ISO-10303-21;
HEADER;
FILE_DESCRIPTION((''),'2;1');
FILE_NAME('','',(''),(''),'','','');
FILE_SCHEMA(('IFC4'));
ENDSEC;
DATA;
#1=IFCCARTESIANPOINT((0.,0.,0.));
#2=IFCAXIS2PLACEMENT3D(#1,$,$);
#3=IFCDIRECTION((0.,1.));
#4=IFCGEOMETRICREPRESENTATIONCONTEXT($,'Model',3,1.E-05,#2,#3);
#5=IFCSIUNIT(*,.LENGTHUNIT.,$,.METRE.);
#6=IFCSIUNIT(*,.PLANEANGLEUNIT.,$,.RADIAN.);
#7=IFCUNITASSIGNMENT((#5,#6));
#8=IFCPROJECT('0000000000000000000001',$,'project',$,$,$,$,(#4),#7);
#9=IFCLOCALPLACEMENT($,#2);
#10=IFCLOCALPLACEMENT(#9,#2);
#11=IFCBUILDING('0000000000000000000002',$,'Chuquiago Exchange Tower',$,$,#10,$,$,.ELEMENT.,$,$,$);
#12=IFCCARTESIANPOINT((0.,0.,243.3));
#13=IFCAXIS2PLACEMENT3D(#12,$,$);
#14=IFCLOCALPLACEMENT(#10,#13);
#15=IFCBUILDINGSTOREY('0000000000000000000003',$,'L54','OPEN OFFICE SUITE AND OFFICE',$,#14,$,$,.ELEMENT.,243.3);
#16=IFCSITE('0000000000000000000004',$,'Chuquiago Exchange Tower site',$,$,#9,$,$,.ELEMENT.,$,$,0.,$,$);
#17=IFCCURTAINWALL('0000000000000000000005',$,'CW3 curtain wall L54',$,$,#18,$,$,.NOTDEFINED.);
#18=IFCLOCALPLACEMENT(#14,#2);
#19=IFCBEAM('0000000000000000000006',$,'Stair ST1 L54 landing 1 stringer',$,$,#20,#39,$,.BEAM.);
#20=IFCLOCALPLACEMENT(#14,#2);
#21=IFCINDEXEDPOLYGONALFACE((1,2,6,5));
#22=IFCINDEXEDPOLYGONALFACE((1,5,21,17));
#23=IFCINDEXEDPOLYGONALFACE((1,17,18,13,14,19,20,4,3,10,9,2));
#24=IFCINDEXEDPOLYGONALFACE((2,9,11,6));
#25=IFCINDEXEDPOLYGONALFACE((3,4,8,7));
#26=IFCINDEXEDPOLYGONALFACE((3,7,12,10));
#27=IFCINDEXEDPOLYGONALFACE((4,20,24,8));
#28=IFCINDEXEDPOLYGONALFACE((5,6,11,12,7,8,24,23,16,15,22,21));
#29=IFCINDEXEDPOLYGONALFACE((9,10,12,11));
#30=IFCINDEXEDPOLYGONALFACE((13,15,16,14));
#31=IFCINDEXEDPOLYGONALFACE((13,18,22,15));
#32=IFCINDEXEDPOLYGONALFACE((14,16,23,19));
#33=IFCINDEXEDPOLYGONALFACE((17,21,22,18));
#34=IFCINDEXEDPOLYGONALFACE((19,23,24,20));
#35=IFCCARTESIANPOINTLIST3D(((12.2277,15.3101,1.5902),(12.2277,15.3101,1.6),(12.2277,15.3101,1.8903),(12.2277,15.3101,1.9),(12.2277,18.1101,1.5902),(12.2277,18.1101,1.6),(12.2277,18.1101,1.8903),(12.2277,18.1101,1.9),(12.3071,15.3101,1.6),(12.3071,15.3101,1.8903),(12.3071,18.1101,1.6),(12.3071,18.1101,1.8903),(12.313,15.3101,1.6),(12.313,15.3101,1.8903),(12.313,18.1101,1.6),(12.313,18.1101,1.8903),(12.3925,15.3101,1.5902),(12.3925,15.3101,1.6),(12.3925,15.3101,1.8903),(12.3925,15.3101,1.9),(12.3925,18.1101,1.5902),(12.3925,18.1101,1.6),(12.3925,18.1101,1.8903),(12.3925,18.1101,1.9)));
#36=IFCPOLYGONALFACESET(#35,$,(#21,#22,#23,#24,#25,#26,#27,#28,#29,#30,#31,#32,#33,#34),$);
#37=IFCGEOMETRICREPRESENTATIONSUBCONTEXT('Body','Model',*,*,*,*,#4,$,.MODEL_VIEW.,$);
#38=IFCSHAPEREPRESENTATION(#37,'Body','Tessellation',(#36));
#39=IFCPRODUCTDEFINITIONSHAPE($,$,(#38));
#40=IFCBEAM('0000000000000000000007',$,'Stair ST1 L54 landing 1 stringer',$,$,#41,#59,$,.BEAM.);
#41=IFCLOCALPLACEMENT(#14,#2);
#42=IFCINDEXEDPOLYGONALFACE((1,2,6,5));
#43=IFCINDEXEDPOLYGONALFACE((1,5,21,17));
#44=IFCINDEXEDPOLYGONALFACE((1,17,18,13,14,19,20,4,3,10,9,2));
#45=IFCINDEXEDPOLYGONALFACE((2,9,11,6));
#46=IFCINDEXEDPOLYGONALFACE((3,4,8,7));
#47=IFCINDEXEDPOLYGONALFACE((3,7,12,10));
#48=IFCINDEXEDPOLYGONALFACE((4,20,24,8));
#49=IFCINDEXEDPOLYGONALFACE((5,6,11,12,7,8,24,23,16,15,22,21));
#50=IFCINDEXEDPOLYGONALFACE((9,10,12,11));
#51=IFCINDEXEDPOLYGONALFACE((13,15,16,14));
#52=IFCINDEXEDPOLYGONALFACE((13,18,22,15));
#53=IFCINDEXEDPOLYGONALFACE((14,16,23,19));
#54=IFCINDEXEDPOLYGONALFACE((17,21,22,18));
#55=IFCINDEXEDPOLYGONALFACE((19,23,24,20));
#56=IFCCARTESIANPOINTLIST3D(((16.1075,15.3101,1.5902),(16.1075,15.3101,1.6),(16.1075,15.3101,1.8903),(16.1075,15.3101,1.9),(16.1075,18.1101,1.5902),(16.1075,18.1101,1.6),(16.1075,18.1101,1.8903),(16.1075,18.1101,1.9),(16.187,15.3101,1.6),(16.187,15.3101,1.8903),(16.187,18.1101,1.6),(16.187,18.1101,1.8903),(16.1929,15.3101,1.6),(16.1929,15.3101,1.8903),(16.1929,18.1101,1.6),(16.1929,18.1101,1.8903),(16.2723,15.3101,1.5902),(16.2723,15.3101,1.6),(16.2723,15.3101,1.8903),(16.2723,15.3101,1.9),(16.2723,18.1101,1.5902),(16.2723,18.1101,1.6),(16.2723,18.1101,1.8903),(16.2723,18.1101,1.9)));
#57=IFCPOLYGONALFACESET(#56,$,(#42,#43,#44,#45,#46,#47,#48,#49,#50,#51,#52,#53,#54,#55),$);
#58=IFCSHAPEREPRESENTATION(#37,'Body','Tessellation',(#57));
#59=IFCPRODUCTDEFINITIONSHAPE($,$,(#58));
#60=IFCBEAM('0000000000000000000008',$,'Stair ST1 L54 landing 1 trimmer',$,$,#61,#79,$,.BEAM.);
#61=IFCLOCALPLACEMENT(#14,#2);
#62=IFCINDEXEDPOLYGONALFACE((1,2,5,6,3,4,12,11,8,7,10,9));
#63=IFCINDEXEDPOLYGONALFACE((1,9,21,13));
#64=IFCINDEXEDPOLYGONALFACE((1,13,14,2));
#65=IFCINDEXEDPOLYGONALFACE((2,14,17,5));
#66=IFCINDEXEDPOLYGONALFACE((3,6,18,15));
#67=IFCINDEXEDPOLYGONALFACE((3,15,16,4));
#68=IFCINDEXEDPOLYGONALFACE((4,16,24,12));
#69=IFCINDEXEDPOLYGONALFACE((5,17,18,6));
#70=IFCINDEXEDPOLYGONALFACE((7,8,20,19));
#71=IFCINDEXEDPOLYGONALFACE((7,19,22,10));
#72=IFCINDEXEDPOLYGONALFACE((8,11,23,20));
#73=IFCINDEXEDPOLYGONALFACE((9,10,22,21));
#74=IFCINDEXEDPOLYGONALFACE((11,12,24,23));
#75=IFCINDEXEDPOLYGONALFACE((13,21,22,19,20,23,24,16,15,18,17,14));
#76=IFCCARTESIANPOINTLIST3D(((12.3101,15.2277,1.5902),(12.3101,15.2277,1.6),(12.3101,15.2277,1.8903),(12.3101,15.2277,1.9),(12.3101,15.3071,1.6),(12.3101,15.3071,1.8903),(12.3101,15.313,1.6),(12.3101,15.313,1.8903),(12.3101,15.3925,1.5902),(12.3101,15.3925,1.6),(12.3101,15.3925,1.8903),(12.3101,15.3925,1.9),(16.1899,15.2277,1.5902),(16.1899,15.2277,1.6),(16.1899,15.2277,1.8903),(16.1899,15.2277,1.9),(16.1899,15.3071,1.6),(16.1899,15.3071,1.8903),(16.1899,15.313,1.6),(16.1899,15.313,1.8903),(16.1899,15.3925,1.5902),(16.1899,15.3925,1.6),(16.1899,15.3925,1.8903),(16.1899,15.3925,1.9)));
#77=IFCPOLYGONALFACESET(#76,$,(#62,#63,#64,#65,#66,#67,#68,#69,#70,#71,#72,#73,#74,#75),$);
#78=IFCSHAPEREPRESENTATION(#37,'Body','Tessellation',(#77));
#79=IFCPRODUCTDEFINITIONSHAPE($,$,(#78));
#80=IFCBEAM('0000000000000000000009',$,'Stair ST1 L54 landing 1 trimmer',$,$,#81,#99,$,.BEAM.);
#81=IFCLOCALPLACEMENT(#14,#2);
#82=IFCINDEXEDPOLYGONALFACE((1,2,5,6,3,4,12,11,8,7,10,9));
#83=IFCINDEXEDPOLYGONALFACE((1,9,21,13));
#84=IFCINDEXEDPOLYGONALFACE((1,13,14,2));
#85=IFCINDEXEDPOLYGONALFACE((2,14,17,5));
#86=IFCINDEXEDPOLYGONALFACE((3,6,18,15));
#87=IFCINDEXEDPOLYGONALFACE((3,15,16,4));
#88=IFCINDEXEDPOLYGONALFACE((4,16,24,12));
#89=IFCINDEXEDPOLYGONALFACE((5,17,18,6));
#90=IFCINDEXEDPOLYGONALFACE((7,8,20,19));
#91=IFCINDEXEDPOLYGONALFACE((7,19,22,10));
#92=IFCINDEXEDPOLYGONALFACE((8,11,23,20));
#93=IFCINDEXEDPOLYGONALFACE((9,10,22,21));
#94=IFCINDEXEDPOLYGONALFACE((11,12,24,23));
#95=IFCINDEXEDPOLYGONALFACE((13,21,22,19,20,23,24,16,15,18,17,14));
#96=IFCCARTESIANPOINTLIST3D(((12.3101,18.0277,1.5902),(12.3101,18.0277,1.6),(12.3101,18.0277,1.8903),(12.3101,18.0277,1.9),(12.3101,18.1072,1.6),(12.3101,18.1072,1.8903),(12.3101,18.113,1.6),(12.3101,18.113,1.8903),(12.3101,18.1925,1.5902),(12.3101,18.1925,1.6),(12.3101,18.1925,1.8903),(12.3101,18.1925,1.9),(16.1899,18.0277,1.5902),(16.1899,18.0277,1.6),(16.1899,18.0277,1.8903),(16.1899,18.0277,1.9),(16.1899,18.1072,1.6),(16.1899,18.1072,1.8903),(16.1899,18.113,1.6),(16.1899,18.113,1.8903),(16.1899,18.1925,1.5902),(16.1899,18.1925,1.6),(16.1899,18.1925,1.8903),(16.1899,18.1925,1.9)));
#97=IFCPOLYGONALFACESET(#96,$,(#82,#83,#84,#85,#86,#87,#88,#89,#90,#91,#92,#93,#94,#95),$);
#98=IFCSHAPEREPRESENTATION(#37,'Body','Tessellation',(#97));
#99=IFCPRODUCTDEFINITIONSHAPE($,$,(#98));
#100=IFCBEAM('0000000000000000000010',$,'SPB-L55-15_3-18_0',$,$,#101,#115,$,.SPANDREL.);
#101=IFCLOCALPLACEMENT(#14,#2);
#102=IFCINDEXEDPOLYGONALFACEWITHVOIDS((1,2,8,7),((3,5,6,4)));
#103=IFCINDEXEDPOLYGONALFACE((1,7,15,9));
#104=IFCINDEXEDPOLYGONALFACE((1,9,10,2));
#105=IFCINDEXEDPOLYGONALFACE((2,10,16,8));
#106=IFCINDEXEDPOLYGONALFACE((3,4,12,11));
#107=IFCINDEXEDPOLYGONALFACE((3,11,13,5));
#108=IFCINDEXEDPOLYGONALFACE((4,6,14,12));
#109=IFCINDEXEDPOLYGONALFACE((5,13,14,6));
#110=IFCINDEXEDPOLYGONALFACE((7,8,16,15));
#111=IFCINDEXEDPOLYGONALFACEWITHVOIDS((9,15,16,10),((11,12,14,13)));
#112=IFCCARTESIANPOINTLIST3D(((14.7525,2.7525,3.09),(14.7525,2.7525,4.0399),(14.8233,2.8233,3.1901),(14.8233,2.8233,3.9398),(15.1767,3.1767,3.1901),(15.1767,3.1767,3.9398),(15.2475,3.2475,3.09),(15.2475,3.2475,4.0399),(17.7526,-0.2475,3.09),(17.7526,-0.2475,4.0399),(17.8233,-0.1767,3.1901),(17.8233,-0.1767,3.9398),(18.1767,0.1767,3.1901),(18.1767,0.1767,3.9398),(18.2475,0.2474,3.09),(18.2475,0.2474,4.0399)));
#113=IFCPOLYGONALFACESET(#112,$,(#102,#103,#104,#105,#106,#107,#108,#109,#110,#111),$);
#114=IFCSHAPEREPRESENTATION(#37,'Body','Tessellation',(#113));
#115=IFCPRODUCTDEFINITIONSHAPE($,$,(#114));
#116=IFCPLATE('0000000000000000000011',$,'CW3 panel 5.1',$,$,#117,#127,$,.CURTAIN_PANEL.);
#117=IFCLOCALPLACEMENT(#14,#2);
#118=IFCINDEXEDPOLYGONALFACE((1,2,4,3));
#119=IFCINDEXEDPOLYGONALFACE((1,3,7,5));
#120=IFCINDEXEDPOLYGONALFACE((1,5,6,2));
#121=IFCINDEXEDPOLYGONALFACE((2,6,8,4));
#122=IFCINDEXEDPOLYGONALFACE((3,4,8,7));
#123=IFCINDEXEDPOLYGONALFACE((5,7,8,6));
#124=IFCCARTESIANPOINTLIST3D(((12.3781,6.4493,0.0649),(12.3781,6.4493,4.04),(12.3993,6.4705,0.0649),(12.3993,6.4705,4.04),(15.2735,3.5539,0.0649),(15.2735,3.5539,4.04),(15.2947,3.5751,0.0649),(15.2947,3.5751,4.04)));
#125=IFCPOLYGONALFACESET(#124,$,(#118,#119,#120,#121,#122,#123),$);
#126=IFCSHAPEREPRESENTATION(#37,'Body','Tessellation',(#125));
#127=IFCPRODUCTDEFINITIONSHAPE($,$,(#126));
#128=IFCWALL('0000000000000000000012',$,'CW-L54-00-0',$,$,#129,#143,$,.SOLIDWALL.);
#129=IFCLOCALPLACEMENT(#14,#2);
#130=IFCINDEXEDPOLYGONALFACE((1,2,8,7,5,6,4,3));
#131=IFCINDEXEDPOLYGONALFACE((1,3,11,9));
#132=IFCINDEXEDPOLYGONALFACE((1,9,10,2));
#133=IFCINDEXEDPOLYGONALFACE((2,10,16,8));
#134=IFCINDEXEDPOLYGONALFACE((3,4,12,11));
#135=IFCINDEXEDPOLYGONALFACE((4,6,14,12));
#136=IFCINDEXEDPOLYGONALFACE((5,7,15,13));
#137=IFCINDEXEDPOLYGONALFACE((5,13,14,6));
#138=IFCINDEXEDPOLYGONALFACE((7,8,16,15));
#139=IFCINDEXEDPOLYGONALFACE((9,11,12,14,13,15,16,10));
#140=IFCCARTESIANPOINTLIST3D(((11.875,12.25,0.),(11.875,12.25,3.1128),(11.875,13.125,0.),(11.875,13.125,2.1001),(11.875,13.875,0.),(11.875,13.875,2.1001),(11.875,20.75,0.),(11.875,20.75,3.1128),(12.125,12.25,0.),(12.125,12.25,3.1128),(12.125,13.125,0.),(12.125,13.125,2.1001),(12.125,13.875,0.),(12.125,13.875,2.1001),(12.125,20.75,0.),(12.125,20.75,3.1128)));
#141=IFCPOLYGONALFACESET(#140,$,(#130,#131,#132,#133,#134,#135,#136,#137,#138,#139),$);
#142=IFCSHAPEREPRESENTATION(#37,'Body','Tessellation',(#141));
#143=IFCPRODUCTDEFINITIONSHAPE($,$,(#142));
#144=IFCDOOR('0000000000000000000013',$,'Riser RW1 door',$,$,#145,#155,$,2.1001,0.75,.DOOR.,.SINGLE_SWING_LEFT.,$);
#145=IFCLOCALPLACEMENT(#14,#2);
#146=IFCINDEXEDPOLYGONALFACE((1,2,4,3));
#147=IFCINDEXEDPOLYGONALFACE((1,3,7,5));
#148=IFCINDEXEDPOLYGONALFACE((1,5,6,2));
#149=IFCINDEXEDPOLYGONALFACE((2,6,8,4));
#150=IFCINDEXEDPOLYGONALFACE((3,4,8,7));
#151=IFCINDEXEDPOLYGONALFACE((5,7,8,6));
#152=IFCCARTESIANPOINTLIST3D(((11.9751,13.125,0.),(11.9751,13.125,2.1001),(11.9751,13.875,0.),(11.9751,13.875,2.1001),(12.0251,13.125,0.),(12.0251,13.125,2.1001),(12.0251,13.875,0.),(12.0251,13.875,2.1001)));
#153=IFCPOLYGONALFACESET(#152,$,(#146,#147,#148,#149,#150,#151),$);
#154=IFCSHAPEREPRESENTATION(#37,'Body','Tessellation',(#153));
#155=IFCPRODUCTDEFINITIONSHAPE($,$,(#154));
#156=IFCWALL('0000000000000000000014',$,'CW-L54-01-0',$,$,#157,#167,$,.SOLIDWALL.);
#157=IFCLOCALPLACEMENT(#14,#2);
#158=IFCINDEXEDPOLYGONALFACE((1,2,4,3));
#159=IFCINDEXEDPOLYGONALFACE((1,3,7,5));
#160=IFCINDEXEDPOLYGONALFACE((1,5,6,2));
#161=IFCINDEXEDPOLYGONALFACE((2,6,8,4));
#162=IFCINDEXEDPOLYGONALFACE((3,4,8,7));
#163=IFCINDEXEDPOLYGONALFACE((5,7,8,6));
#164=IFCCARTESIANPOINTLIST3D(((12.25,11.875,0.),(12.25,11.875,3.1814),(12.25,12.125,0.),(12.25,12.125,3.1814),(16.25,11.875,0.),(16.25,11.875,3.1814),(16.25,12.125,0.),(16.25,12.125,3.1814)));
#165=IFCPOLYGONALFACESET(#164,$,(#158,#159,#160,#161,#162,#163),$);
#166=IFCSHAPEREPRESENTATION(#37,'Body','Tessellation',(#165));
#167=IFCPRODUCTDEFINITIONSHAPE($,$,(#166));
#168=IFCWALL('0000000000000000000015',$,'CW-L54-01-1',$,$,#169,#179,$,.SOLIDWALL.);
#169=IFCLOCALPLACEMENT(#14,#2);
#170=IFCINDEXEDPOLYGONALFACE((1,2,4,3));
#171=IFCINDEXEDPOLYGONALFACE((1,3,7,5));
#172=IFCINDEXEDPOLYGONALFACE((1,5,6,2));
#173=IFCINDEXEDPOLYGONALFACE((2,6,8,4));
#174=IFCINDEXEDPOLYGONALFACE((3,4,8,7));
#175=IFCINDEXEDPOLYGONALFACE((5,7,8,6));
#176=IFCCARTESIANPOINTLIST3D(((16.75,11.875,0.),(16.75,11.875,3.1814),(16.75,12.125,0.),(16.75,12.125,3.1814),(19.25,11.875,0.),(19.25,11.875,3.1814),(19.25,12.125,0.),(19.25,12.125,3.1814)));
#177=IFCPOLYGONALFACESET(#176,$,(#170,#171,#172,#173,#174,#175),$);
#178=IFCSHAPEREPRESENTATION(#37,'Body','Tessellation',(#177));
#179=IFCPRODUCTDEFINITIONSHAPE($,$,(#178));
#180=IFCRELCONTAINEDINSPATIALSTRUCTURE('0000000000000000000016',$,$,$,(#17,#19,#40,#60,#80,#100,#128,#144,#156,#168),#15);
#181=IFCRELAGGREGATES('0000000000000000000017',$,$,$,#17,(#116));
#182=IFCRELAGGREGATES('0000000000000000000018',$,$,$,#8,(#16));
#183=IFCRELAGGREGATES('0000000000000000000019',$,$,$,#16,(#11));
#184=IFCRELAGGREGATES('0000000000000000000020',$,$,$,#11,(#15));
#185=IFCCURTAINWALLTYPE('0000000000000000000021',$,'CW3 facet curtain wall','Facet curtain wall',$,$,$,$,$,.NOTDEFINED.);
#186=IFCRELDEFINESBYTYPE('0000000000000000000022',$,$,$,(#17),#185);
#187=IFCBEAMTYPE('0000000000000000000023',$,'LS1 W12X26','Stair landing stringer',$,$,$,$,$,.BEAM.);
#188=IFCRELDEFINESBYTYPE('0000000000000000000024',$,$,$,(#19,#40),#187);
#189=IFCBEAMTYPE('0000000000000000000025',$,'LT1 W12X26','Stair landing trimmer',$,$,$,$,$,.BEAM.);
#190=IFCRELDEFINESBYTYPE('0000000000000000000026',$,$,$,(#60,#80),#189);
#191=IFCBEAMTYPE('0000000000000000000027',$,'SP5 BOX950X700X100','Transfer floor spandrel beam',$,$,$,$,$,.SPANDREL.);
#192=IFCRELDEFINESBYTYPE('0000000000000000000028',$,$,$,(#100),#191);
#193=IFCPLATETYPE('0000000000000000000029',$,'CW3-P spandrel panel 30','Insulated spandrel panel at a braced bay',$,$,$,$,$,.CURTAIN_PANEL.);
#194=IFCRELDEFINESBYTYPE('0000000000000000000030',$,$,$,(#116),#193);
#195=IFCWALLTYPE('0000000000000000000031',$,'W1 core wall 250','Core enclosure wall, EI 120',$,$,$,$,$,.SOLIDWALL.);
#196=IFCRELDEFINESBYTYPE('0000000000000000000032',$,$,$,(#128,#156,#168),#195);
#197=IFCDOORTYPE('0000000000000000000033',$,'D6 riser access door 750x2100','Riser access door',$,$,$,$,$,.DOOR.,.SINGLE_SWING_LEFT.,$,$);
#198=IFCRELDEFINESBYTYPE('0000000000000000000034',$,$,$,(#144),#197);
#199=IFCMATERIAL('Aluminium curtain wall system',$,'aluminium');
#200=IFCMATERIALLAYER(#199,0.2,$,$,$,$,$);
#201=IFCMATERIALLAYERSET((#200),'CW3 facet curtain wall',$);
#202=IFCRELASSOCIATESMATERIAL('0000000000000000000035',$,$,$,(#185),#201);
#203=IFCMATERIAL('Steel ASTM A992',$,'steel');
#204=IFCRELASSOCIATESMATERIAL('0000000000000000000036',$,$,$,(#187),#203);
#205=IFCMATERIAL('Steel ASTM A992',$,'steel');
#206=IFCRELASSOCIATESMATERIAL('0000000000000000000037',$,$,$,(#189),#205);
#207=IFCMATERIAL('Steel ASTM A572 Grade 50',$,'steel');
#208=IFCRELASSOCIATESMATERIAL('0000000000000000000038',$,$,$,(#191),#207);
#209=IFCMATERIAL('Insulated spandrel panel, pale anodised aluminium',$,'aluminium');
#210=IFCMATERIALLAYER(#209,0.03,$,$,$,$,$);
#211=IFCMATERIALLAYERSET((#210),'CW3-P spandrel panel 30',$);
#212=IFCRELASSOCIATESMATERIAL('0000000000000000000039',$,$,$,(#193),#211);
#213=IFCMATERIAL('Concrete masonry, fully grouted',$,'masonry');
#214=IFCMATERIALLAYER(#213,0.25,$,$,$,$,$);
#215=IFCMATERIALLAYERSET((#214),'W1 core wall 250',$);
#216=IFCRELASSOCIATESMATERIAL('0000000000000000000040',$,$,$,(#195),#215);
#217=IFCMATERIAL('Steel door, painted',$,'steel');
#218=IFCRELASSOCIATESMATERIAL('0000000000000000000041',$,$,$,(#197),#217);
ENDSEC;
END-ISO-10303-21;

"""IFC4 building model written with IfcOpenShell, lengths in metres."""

from ifc_helpers import new_model, si_unit, direction, frame, frame_2d, origin, origin_2d, place, context, subcontext, project, spatial, rectangle, hollow_rectangle, i_section, extrude, material, layer, layer_set, material_profile, profile_set, type_object, element, fill, aggregate, save


model = new_model("IFC4")

# Units and contexts
model_context = context("Model", 3, precision=1e-05, world=origin(), true_north=direction((0.0, 1.0)))
body_context = subcontext(model_context, "Body", "Model", "MODEL_VIEW")
ifc_project = project(units=[si_unit("LENGTHUNIT", "METRE"), si_unit("PLANEANGLEUNIT", "RADIAN")], contexts=[model_context])

# Site, building, storey
site_placement = place(None, origin())
site = spatial("IfcSite", under=ifc_project, at=site_placement, Name="Chuquiago Exchange Tower site", CompositionType="ELEMENT", RefElevation=0.0)
building_placement = place(site_placement, origin())
building = spatial("IfcBuilding", under=site, at=building_placement, Name="Chuquiago Exchange Tower", CompositionType="ELEMENT")
storey_placement = place(building_placement, frame((0.0, 0.0, 243.3)))
storey = spatial("IfcBuildingStorey", under=building, at=storey_placement, Name="L54", Description="OPEN OFFICE SUITE AND OFFICE", CompositionType="ELEMENT", Elevation=243.3)

# Curtain wall
ifc_material_1 = material(Name="Aluminium curtain wall system", Category="aluminium")
ifc_layer_1 = layer(ifc_material_1, 0.2)
ifc_layer_set_1 = layer_set([ifc_layer_1], Name="CW3 facet curtain wall")
curtain_wall_type = type_object("IfcCurtainWallType", Name="CW3 facet curtain wall", Description="Facet curtain wall", PredefinedType="NOTDEFINED", material=ifc_layer_set_1)
curtain_wall_placement = place(storey_placement, origin())
curtain_wall = element("IfcCurtainWall", 1, at=curtain_wall_placement, inside=storey, type_object=curtain_wall_type, Name="CW3 curtain wall L54", PredefinedType="NOTDEFINED")

# Beams
ifc_material_2 = material(Name="Steel ASTM A992", Category="steel")
ifc_material_profile_1 = material_profile(ifc_material_2, i_section(OverallWidth=0.1648, OverallDepth=0.3098, WebThickness=0.0059, FlangeThickness=0.0098, at=origin_2d()), Name="W12X26")
ifc_profile_set_1 = profile_set([ifc_material_profile_1], Name="Steel ASTM A992")
beam_type_1 = type_object("IfcBeamType", Name="LS1 W12X26", Description="Stair landing stringer", PredefinedType="BEAM", material=ifc_profile_set_1)
for number, where, z_axis, x_axis, name in (
    (2, (12.3101, 15.3101, 1.7451), (0.0, 1.0, 0.0), (-1.0, 0.0, 0.0), "Stair ST1 L54 landing 1 stringer"),
    (3, (16.1899, 15.3101, 1.7451), (0.0, 1.0, 0.0), (-1.0, 0.0, 0.0), "Stair ST1 L54 landing 1 stringer"),
):
    element("IfcBeam", number, at=place(storey_placement, frame(where, z_axis=z_axis, x_axis=x_axis)), inside=storey, type_object=beam_type_1, Name=name, PredefinedType="BEAM", context=body_context, shape_type="SweptSolid", body=[
        extrude(i_section(OverallWidth=0.1648, OverallDepth=0.3098, WebThickness=0.0059, FlangeThickness=0.0098, at=origin_2d()), origin(), (0.0, 0.0, 1.0), 2.8),
    ])
ifc_material_3 = material(Name="Steel ASTM A992", Category="steel")
ifc_material_profile_2 = material_profile(ifc_material_3, i_section(OverallWidth=0.1648, OverallDepth=0.3098, WebThickness=0.0059, FlangeThickness=0.0098, at=origin_2d()), Name="W12X26")
ifc_profile_set_2 = profile_set([ifc_material_profile_2], Name="Steel ASTM A992")
beam_type_2 = type_object("IfcBeamType", Name="LT1 W12X26", Description="Stair landing trimmer", PredefinedType="BEAM", material=ifc_profile_set_2)
for number, where, z_axis, x_axis, name in (
    (4, (12.3101, 15.3101, 1.7451), (1.0, 0.0, 0.0), (0.0, 1.0, 0.0), "Stair ST1 L54 landing 1 trimmer"),
    (5, (12.3101, 18.1101, 1.7451), (1.0, 0.0, 0.0), (0.0, 1.0, 0.0), "Stair ST1 L54 landing 1 trimmer"),
):
    element("IfcBeam", number, at=place(storey_placement, frame(where, z_axis=z_axis, x_axis=x_axis)), inside=storey, type_object=beam_type_2, Name=name, PredefinedType="BEAM", context=body_context, shape_type="SweptSolid", body=[
        extrude(i_section(OverallWidth=0.1648, OverallDepth=0.3098, WebThickness=0.0059, FlangeThickness=0.0098, at=origin_2d()), origin(), (0.0, 0.0, 1.0), 3.8799),
    ])
ifc_material_4 = material(Name="Steel ASTM A572 Grade 50", Category="steel")
ifc_material_profile_3 = material_profile(ifc_material_4, hollow_rectangle(XDim=0.7, YDim=0.95, WallThickness=0.1001, at=origin_2d()), Name="BOX950X700X100")
ifc_profile_set_3 = profile_set([ifc_material_profile_3], Name="Steel ASTM A572 Grade 50")
beam_type_3 = type_object("IfcBeamType", Name="SP5 BOX950X700X100", Description="Transfer floor spandrel beam", PredefinedType="SPANDREL", material=ifc_profile_set_3)
beam_1_placement = place(storey_placement, frame((15.0, 3.0, 3.5649), z_axis=(0.707107, -0.707107, 0.0), x_axis=(0.707107, 0.707107, 0.0)))
element("IfcBeam", 6, at=beam_1_placement, inside=storey, type_object=beam_type_3, Name="SPB-L55-15_3-18_0", PredefinedType="SPANDREL", context=body_context, shape_type="SweptSolid", body=[
    extrude(hollow_rectangle(XDim=0.7, YDim=0.95, WallThickness=0.1001, at=origin_2d()), origin(), (0.0, 0.0, 1.0), 4.2427),
])

# Plate
ifc_material_5 = material(Name="Insulated spandrel panel, pale anodised aluminium", Category="aluminium")
ifc_layer_2 = layer(ifc_material_5, 0.03)
ifc_layer_set_2 = layer_set([ifc_layer_2], Name="CW3-P spandrel panel 30")
plate_type = type_object("IfcPlateType", Name="CW3-P spandrel panel 30", Description="Insulated spandrel panel at a braced bay", PredefinedType="CURTAIN_PANEL", material=ifc_layer_set_2)
plate_placement = place(storey_placement, frame((13.8364, 5.0122, 0.0649), z_axis=(0.0, 0.0, 1.0), x_axis=(0.707107, -0.707107, 0.0)))
plate = element("IfcPlate", 7, at=plate_placement, type_object=plate_type, Name="CW3 panel 5.1", PredefinedType="CURTAIN_PANEL", context=body_context, shape_type="SweptSolid", body=[
    extrude(rectangle(XDim=4.0947, YDim=0.03, at=origin_2d()), origin(), (0.0, 0.0, 1.0), 3.9751),
])
aggregate(curtain_wall, [plate])

# Wall, opening, door
ifc_material_6 = material(Name="Concrete masonry, fully grouted", Category="masonry")
ifc_layer_3 = layer(ifc_material_6, 0.25)
ifc_layer_set_3 = layer_set([ifc_layer_3], Name="W1 core wall 250")
wall_type_1 = type_object("IfcWallType", Name="W1 core wall 250", Description="Core enclosure wall, EI 120", PredefinedType="SOLIDWALL", material=ifc_layer_set_3)
wall_1_placement = place(storey_placement, frame((12.0, 12.25, 0.0), z_axis=(0.0, 0.0, 1.0), x_axis=(0.0, 1.0, 0.0)))
wall_1 = element("IfcWall", 8, at=wall_1_placement, inside=storey, type_object=wall_type_1, Name="CW-L54-00-0", PredefinedType="SOLIDWALL", context=body_context, shape_type="SweptSolid", body=[
    extrude(rectangle(XDim=8.5, YDim=0.25, at=frame_2d((4.25, 0.0))), origin(), (0.0, 0.0, 1.0), 3.1128),
])
opening_placement = place(wall_1_placement, frame((0.875, 0.0, 0.0)))
opening = element("IfcOpeningElement", 9, at=opening_placement, cuts=wall_1, PredefinedType="OPENING", context=body_context, shape_type="SweptSolid", body=[
    extrude(rectangle(XDim=0.75, YDim=2.1001, at=frame_2d((0.375, 1.05))), frame((0.0, 0.135, 0.0), z_axis=(0.0, -1.0, 0.0), x_axis=(1.0, 0.0, 0.0)), (0.0, 0.0, 1.0), 0.27),
])
ifc_material_7 = material(Name="Steel door, painted", Category="steel")
door_type = type_object("IfcDoorType", Name="D6 riser access door 750x2100", Description="Riser access door", OperationType="SINGLE_SWING_LEFT", PredefinedType="DOOR", material=ifc_material_7)
door_placement = place(opening_placement, origin())
door = element("IfcDoor", 10, at=door_placement, inside=storey, type_object=door_type, Name="Riser RW1 door", OperationType="SINGLE_SWING_LEFT", OverallHeight=2.1001, OverallWidth=0.75, PredefinedType="DOOR", context=body_context, shape_type="SweptSolid", body=[
    extrude(rectangle(XDim=0.75, YDim=2.1001, at=frame_2d((0.375, 1.05))), frame((0.0, 0.0249, 0.0), z_axis=(0.0, -1.0, 0.0), x_axis=(1.0, 0.0, 0.0)), (0.0, 0.0, 1.0), 0.05),
])
fill(opening, door)

# Walls
wall_2_placement = place(storey_placement, frame((12.25, 12.0, 0.0), z_axis=(0.0, 0.0, 1.0), x_axis=(1.0, 0.0, 0.0)))
element("IfcWall", 11, at=wall_2_placement, inside=storey, type_object=wall_type_1, Name="CW-L54-01-0", PredefinedType="SOLIDWALL", context=body_context, shape_type="SweptSolid", body=[
    extrude(rectangle(XDim=4.0, YDim=0.25, at=frame_2d((2.0, 0.0))), origin(), (0.0, 0.0, 1.0), 3.1814),
])
wall_3_placement = place(storey_placement, frame((16.75, 12.0, 0.0), z_axis=(0.0, 0.0, 1.0), x_axis=(1.0, 0.0, 0.0)))
element("IfcWall", 12, at=wall_3_placement, inside=storey, type_object=wall_type_1, Name="CW-L54-01-1", PredefinedType="SOLIDWALL", context=body_context, shape_type="SweptSolid", body=[
    extrude(rectangle(XDim=2.5, YDim=0.25, at=frame_2d((1.25, 0.0))), origin(), (0.0, 0.0, 1.0), 3.1814),
])

save(model, "model.ifc")
